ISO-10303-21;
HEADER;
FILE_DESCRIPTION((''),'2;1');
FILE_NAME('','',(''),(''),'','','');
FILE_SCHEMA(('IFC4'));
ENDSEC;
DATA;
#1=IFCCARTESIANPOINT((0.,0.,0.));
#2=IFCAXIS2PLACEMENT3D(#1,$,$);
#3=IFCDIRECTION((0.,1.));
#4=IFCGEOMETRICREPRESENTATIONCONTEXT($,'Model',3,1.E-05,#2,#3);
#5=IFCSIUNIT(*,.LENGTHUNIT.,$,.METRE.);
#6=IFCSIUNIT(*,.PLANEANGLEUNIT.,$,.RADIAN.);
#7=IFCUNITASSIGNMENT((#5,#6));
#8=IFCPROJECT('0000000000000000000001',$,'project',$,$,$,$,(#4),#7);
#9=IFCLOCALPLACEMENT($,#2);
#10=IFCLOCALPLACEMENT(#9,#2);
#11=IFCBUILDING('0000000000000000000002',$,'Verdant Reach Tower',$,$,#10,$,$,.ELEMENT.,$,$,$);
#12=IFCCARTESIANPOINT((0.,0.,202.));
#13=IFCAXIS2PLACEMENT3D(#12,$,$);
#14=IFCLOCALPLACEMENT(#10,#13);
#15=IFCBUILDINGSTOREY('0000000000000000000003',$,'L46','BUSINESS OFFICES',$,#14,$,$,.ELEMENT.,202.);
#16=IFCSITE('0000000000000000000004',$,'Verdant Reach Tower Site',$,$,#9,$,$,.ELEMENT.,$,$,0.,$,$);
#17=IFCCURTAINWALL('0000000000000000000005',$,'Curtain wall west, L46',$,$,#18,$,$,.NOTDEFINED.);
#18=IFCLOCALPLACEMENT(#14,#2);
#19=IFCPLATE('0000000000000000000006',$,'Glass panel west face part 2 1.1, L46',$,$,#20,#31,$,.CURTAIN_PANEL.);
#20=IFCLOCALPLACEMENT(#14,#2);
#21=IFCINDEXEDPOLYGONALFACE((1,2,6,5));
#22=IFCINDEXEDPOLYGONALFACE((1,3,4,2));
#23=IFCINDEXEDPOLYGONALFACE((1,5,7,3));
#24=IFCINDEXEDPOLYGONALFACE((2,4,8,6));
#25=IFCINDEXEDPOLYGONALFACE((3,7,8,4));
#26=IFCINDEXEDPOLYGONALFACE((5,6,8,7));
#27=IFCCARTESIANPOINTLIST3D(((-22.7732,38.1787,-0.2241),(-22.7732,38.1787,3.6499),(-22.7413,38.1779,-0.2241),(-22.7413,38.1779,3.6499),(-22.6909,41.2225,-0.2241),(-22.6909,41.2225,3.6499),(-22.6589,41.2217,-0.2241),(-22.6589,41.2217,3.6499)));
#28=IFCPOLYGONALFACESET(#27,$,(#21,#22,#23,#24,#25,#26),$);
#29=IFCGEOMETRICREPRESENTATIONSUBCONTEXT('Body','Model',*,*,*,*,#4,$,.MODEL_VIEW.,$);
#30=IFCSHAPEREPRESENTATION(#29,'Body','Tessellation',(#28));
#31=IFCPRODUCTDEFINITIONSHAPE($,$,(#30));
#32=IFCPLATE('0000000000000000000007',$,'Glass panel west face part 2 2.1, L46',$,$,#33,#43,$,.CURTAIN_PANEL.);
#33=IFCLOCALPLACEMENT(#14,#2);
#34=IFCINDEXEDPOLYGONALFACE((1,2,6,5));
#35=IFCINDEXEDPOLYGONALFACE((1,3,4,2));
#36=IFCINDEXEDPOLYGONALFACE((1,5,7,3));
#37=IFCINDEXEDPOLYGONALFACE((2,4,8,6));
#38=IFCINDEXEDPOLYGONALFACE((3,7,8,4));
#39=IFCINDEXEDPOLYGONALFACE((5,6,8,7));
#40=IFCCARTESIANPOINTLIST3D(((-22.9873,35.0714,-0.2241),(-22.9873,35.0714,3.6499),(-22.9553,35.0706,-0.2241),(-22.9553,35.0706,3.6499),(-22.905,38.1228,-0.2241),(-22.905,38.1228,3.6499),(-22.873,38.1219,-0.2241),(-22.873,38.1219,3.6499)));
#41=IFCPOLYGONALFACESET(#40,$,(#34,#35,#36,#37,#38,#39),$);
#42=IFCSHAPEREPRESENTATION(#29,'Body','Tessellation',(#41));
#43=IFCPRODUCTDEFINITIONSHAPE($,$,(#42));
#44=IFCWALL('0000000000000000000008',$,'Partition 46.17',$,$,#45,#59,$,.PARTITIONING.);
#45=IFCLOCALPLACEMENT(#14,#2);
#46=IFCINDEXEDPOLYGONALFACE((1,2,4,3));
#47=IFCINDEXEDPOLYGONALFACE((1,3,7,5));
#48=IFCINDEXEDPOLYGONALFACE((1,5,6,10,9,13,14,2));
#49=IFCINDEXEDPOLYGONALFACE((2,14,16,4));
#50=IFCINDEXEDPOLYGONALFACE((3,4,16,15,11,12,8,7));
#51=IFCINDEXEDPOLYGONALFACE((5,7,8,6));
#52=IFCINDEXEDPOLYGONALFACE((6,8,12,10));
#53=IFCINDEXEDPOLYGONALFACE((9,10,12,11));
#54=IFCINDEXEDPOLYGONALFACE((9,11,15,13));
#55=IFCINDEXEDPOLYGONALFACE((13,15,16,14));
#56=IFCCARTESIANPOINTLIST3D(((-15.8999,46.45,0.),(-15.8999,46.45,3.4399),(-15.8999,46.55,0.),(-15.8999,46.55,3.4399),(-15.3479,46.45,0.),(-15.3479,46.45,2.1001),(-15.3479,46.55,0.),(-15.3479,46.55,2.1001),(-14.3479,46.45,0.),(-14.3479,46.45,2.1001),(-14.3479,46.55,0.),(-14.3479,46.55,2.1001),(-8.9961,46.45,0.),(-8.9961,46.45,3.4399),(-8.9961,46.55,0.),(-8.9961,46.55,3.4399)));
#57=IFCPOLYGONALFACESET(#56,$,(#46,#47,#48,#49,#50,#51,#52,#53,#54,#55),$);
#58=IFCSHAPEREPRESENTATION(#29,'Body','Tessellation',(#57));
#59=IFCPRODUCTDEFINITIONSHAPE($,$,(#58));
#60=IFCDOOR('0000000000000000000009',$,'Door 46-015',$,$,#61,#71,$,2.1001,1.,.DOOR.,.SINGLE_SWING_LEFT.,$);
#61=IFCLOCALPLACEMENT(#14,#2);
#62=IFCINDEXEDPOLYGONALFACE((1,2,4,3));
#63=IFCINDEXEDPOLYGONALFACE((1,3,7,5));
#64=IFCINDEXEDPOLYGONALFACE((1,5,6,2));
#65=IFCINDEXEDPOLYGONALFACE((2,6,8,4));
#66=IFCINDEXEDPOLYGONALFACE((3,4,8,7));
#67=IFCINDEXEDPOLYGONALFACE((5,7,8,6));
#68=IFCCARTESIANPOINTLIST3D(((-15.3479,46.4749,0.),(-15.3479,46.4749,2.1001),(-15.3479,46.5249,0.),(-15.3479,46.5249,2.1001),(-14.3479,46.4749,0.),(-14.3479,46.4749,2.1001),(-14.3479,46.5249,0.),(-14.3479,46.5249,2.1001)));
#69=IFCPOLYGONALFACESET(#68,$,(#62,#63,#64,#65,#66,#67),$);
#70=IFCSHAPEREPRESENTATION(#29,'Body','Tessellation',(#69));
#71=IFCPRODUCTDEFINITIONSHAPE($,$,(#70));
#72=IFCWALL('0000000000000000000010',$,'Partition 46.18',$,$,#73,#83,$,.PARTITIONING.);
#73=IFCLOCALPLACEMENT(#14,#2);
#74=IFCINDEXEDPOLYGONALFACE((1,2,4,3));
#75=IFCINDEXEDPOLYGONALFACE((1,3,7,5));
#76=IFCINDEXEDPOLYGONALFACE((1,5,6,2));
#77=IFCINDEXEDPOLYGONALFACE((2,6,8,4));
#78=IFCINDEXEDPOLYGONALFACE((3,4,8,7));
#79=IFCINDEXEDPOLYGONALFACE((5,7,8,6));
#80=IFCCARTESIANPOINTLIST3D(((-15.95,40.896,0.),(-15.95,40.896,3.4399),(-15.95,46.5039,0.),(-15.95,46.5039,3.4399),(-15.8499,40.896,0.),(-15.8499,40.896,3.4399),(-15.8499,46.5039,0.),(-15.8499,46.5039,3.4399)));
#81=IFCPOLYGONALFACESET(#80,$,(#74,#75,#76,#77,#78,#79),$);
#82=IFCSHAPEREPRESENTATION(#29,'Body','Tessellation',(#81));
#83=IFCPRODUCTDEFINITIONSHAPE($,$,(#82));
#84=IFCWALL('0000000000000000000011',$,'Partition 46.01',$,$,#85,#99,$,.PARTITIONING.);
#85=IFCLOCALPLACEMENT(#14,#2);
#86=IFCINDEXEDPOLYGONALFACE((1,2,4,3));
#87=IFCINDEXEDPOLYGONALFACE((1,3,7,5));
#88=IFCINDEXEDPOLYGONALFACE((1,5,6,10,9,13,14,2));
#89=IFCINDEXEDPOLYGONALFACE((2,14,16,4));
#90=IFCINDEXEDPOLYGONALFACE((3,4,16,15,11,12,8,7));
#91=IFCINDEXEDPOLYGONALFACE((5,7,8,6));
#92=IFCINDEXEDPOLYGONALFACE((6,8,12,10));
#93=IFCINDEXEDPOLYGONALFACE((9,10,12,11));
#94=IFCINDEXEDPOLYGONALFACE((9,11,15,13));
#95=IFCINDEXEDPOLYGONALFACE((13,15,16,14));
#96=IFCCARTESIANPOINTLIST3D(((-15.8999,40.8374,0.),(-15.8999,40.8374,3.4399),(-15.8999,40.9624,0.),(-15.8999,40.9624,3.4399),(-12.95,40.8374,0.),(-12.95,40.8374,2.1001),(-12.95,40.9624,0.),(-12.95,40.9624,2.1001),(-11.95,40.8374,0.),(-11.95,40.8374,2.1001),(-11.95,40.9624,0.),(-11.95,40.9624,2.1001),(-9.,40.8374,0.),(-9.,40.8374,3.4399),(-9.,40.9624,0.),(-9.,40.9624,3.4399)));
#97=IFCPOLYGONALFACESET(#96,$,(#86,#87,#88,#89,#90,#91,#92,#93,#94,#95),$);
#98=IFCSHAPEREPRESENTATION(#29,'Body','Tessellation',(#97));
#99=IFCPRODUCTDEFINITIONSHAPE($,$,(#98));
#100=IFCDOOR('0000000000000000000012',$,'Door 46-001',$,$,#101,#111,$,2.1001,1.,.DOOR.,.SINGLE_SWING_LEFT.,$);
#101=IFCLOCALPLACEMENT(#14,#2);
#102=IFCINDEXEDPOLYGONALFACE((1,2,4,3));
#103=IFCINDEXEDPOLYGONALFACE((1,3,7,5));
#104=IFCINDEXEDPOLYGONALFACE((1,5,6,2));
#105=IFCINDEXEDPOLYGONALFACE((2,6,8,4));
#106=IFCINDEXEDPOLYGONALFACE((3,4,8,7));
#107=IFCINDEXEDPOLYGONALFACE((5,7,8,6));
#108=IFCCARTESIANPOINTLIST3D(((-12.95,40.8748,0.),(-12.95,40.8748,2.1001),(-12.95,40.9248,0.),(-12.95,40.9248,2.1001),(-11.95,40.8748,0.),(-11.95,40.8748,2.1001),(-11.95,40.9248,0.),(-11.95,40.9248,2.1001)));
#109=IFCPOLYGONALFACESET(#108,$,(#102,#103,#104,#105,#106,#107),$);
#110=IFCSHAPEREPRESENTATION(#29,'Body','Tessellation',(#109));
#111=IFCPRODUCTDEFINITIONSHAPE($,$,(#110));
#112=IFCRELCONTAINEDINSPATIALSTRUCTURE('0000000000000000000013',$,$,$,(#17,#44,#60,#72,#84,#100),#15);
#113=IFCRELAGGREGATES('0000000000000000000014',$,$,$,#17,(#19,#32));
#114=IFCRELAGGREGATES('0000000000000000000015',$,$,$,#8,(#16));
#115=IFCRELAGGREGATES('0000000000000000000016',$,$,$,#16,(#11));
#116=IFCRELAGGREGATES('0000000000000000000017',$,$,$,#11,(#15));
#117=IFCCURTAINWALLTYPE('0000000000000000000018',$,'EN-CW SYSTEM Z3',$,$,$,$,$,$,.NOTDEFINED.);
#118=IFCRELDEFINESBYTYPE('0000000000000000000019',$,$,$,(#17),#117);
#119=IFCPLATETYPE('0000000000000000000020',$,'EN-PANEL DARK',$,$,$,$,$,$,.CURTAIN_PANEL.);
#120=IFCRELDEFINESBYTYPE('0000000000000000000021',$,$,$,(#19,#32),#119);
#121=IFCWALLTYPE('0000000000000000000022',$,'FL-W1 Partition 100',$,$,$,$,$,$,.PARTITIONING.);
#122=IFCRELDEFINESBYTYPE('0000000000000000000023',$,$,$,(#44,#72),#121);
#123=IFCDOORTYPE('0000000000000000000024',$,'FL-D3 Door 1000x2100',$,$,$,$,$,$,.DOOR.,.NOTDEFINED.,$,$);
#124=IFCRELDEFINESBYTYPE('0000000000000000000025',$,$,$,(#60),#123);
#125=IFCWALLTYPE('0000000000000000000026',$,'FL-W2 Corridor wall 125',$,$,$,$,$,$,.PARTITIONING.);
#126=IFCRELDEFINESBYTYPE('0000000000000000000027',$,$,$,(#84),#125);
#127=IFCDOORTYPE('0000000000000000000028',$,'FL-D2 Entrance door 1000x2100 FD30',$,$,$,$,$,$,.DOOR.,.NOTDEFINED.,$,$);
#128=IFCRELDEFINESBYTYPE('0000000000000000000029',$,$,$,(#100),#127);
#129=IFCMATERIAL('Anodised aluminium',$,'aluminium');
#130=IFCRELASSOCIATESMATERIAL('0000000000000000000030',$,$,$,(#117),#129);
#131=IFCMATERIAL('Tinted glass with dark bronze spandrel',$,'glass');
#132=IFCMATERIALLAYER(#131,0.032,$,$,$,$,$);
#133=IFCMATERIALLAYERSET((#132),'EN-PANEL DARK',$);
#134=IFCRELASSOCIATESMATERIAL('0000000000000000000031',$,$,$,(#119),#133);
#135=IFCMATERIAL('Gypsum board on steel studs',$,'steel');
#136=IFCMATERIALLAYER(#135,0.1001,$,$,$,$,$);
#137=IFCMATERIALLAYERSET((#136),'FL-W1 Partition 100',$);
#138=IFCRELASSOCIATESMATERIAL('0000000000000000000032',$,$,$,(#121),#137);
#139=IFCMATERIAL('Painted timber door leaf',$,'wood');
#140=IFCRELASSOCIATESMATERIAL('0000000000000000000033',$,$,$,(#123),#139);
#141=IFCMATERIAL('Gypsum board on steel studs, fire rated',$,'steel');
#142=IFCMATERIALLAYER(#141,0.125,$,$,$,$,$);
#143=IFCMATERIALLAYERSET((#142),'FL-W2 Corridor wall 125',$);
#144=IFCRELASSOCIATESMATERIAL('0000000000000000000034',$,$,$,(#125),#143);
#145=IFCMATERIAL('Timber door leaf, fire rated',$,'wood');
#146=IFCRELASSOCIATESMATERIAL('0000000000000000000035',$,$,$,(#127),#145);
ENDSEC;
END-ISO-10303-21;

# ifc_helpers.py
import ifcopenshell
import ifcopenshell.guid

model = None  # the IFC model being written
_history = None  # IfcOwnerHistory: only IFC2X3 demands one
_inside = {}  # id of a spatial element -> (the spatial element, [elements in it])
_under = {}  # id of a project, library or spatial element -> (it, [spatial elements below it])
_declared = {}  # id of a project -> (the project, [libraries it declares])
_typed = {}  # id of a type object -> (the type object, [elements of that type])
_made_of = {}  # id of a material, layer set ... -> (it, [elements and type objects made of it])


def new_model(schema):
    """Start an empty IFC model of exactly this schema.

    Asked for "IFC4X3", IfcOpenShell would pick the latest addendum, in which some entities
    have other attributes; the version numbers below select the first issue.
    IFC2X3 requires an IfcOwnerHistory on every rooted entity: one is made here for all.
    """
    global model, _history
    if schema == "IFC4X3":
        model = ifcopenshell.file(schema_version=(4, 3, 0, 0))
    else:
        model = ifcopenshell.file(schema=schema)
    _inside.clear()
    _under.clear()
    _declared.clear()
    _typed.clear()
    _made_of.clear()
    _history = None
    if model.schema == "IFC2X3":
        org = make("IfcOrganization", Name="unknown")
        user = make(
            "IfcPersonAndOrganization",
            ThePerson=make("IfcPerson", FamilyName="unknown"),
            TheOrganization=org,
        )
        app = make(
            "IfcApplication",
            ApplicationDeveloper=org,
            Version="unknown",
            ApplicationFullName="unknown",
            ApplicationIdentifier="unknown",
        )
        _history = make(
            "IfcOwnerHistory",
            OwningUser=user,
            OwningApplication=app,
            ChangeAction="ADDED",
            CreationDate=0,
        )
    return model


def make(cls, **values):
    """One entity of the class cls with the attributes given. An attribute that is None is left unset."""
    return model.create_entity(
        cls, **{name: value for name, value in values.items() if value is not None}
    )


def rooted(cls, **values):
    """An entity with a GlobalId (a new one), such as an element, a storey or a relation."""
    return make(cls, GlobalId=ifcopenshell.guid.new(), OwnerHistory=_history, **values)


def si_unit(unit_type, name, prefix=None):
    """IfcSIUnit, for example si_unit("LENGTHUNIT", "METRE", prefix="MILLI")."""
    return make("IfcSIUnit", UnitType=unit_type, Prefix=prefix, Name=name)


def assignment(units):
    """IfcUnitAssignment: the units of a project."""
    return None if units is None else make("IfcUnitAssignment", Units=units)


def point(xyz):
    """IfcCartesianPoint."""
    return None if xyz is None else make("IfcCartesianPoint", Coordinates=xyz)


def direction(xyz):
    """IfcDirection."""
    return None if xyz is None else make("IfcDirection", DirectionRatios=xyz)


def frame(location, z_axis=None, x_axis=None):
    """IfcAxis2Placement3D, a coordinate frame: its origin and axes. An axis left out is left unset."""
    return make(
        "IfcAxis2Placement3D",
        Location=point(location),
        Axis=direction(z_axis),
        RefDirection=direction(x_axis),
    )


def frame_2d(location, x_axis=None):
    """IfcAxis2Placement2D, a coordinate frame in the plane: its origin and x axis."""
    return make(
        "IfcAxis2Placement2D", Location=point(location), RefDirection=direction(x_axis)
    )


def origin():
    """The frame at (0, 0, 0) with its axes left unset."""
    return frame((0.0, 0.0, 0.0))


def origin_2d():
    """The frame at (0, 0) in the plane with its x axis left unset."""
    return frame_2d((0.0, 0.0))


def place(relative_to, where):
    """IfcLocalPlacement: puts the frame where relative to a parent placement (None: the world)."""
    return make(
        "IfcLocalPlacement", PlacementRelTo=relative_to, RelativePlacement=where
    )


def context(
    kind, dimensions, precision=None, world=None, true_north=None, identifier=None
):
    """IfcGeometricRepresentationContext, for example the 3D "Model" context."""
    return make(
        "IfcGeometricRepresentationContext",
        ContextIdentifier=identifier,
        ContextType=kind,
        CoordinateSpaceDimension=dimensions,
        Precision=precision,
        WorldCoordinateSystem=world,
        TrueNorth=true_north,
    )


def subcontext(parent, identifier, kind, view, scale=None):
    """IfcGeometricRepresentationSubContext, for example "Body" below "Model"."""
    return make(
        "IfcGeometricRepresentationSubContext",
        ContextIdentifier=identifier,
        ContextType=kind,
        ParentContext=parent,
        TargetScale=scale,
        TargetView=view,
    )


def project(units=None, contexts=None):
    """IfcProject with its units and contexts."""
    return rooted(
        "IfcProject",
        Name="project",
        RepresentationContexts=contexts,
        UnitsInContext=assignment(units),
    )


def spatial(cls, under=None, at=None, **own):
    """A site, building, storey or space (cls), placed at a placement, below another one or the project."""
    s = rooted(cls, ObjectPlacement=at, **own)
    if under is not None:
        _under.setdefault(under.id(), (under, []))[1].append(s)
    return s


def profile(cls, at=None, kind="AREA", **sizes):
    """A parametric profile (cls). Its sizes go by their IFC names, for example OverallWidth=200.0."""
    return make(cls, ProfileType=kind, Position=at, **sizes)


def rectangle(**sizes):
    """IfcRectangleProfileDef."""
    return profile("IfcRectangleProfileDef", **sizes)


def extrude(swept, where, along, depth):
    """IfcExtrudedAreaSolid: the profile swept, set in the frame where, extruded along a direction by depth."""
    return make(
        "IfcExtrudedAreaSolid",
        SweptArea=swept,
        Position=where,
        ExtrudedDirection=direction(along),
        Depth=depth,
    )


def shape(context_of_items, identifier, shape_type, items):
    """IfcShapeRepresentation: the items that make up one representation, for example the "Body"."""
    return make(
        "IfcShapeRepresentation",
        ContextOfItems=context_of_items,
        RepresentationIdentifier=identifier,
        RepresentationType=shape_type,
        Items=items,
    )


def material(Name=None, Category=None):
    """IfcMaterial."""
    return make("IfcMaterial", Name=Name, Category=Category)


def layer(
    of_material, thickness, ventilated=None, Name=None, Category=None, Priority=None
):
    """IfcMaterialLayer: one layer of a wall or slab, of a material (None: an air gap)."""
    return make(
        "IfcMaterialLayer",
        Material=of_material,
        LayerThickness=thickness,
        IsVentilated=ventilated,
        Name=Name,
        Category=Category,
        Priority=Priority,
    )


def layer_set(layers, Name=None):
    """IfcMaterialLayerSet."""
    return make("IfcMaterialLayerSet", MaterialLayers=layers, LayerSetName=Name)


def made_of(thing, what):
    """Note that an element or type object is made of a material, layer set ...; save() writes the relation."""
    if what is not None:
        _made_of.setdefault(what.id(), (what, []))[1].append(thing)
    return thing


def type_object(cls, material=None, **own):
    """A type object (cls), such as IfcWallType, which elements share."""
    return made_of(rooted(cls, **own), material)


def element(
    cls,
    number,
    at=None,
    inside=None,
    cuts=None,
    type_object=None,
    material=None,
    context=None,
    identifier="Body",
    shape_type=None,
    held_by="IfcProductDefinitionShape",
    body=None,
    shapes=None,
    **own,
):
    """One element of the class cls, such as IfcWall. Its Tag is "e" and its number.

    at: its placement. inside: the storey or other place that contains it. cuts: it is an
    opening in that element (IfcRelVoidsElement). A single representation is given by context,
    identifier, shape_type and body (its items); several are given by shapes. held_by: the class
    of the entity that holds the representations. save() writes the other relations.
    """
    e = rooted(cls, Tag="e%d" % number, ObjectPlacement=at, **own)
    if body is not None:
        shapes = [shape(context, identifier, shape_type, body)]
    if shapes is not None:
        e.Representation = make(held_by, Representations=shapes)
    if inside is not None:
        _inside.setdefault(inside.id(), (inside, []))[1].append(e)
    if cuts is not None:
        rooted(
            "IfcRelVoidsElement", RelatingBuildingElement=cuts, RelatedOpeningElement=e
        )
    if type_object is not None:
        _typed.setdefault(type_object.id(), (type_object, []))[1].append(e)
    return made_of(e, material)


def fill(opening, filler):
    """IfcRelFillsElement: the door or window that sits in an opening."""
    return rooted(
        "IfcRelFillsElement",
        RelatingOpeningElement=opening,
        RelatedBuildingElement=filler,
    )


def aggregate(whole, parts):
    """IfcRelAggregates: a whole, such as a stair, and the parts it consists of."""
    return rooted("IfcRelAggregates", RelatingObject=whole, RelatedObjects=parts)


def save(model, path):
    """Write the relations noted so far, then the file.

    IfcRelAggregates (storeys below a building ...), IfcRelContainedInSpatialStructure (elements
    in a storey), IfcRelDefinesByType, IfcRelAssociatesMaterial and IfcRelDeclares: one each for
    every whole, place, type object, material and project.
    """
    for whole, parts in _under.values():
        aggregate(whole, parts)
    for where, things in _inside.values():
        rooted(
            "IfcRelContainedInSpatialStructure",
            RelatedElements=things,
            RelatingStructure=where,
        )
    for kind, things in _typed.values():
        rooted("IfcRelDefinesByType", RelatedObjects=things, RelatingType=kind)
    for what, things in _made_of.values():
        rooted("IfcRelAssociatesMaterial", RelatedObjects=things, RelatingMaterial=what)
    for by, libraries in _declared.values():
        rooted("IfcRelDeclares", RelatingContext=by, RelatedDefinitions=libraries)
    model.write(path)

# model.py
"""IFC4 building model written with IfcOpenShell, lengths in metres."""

from ifc_helpers import new_model, si_unit, direction, frame, frame_2d, origin, origin_2d, place, context, subcontext, project, spatial, rectangle, extrude, material, layer, layer_set, type_object, element, fill, aggregate, save


model = new_model("IFC4")

# Units and contexts
model_context = context("Model", 3, precision=1e-05, world=origin(), true_north=direction((0.0, 1.0)))
body_context = subcontext(model_context, "Body", "Model", "MODEL_VIEW")
ifc_project = project(units=[si_unit("LENGTHUNIT", "METRE"), si_unit("PLANEANGLEUNIT", "RADIAN")], contexts=[model_context])

# Site, building, storey
site_placement = place(None, origin())
site = spatial("IfcSite", under=ifc_project, at=site_placement, Name="Verdant Reach Tower Site", CompositionType="ELEMENT", RefElevation=0.0)
building_placement = place(site_placement, origin())
building = spatial("IfcBuilding", under=site, at=building_placement, Name="Verdant Reach Tower", CompositionType="ELEMENT")
storey_placement = place(building_placement, frame((0.0, 0.0, 202.0)))
storey = spatial("IfcBuildingStorey", under=building, at=storey_placement, Name="L46", Description="BUSINESS OFFICES", CompositionType="ELEMENT", Elevation=202.0)

# Curtain wall
ifc_material_1 = material(Name="Anodised aluminium", Category="aluminium")
curtain_wall_type = type_object("IfcCurtainWallType", Name="EN-CW SYSTEM Z3", PredefinedType="NOTDEFINED", material=ifc_material_1)
curtain_wall_placement = place(storey_placement, origin())
curtain_wall = element("IfcCurtainWall", 1, at=curtain_wall_placement, inside=storey, type_object=curtain_wall_type, Name="Curtain wall west, L46", PredefinedType="NOTDEFINED")

# Plates
ifc_material_2 = material(Name="Tinted glass with dark bronze spandrel", Category="glass")
ifc_layer_1 = layer(ifc_material_2, 0.032)
ifc_layer_set_1 = layer_set([ifc_layer_1], Name="EN-PANEL DARK")
plate_type_1 = type_object("IfcPlateType", Name="EN-PANEL DARK", PredefinedType="CURTAIN_PANEL", material=ifc_layer_set_1)
plate_1_placement = place(storey_placement, frame((-22.7161, 39.7002, -0.2241), z_axis=(0.0, 0.0, 1.0), x_axis=(-0.027048, -0.999634, 0.0)))
plate_1 = element("IfcPlate", 2, at=plate_1_placement, type_object=plate_type_1, Name="Glass panel west face part 2 1.1, L46", PredefinedType="CURTAIN_PANEL", context=body_context, shape_type="SweptSolid", body=[
    extrude(rectangle(XDim=3.0449, YDim=0.032, at=origin_2d()), origin(), (0.0, 0.0, 1.0), 3.874),
])
plate_2_placement = place(storey_placement, frame((-22.9302, 36.5967, -0.2241), z_axis=(0.0, 0.0, 1.0), x_axis=(-0.026965, -0.999636, 0.0)))
plate_2 = element("IfcPlate", 3, at=plate_2_placement, type_object=plate_type_1, Name="Glass panel west face part 2 2.1, L46", PredefinedType="CURTAIN_PANEL", context=body_context, shape_type="SweptSolid", body=[
    extrude(rectangle(XDim=3.0525, YDim=0.032, at=origin_2d()), origin(), (0.0, 0.0, 1.0), 3.874),
])
aggregate(curtain_wall, [plate_1, plate_2])

# Wall, opening, door
ifc_material_3 = material(Name="Gypsum board on steel studs", Category="steel")
ifc_layer_2 = layer(ifc_material_3, 0.1001)
ifc_layer_set_2 = layer_set([ifc_layer_2], Name="FL-W1 Partition 100")
wall_type_1 = type_object("IfcWallType", Name="FL-W1 Partition 100", PredefinedType="PARTITIONING", material=ifc_layer_set_2)
wall_1_placement = place(storey_placement, frame((-15.8999, 46.5, 0.0), z_axis=(0.0, 0.0, 1.0), x_axis=(1.0, 0.0, 0.0)))
wall_1 = element("IfcWall", 4, at=wall_1_placement, inside=storey, type_object=wall_type_1, Name="Partition 46.17", PredefinedType="PARTITIONING", context=body_context, shape_type="SweptSolid", body=[
    extrude(rectangle(XDim=6.9038, YDim=0.1001, at=frame_2d((3.4519, 0.0))), origin(), (0.0, 0.0, 1.0), 3.4399),
])
opening_1_placement = place(wall_1_placement, frame((0.552, 0.0, 0.0)))
opening_1 = element("IfcOpeningElement", 5, at=opening_1_placement, cuts=wall_1, PredefinedType="OPENING", context=body_context, shape_type="SweptSolid", body=[
    extrude(rectangle(XDim=1.0, YDim=2.1001, at=frame_2d((0.5, 1.05))), frame((0.0, 0.0601, 0.0), z_axis=(0.0, -1.0, 0.0), x_axis=(1.0, 0.0, 0.0)), (0.0, 0.0, 1.0), 0.1201),
])
ifc_material_4 = material(Name="Painted timber door leaf", Category="wood")
door_type_1 = type_object("IfcDoorType", Name="FL-D3 Door 1000x2100", OperationType="NOTDEFINED", PredefinedType="DOOR", material=ifc_material_4)
door_1_placement = place(opening_1_placement, origin())
door_1 = element("IfcDoor", 6, at=door_1_placement, inside=storey, type_object=door_type_1, Name="Door 46-015", OperationType="SINGLE_SWING_LEFT", OverallHeight=2.1001, OverallWidth=1.0, PredefinedType="DOOR", context=body_context, shape_type="SweptSolid", body=[
    extrude(rectangle(XDim=1.0, YDim=2.1001, at=frame_2d((0.5, 1.05))), frame((0.0, 0.0249, 0.0), z_axis=(0.0, -1.0, 0.0), x_axis=(1.0, 0.0, 0.0)), (0.0, 0.0, 1.0), 0.05),
])
fill(opening_1, door_1)

# Wall
wall_2_placement = place(storey_placement, frame((-15.8999, 46.5039, 0.0), z_axis=(0.0, 0.0, 1.0), x_axis=(0.0, -1.0, 0.0)))
element("IfcWall", 7, at=wall_2_placement, inside=storey, type_object=wall_type_1, Name="Partition 46.18", PredefinedType="PARTITIONING", context=body_context, shape_type="SweptSolid", body=[
    extrude(rectangle(XDim=5.6079, YDim=0.1001, at=frame_2d((2.804, 0.0))), origin(), (0.0, 0.0, 1.0), 3.4399),
])

# Wall, opening, door
ifc_material_5 = material(Name="Gypsum board on steel studs, fire rated", Category="steel")
ifc_layer_3 = layer(ifc_material_5, 0.125)
ifc_layer_set_3 = layer_set([ifc_layer_3], Name="FL-W2 Corridor wall 125")
wall_type_2 = type_object("IfcWallType", Name="FL-W2 Corridor wall 125", PredefinedType="PARTITIONING", material=ifc_layer_set_3)
wall_3_placement = place(storey_placement, frame((-15.8999, 40.8999, 0.0), z_axis=(0.0, 0.0, 1.0), x_axis=(1.0, 0.0, 0.0)))
wall_3 = element("IfcWall", 8, at=wall_3_placement, inside=storey, type_object=wall_type_2, Name="Partition 46.01", PredefinedType="PARTITIONING", context=body_context, shape_type="SweptSolid", body=[
    extrude(rectangle(XDim=6.8999, YDim=0.125, at=frame_2d((3.45, 0.0))), origin(), (0.0, 0.0, 1.0), 3.4399),
])
opening_2_placement = place(wall_3_placement, frame((2.95, 0.0, 0.0)))
opening_2 = element("IfcOpeningElement", 9, at=opening_2_placement, cuts=wall_3, PredefinedType="OPENING", context=body_context, shape_type="SweptSolid", body=[
    extrude(rectangle(XDim=1.0, YDim=2.1001, at=frame_2d((0.5, 1.05))), frame((0.0, 0.0725, 0.0), z_axis=(0.0, -1.0, 0.0), x_axis=(1.0, 0.0, 0.0)), (0.0, 0.0, 1.0), 0.145),
])
ifc_material_6 = material(Name="Timber door leaf, fire rated", Category="wood")
door_type_2 = type_object("IfcDoorType", Name="FL-D2 Entrance door 1000x2100 FD30", OperationType="NOTDEFINED", PredefinedType="DOOR", material=ifc_material_6)
door_2_placement = place(opening_2_placement, origin())
door_2 = element("IfcDoor", 10, at=door_2_placement, inside=storey, type_object=door_type_2, Name="Door 46-001", OperationType="SINGLE_SWING_LEFT", OverallHeight=2.1001, OverallWidth=1.0, PredefinedType="DOOR", context=body_context, shape_type="SweptSolid", body=[
    extrude(rectangle(XDim=1.0, YDim=2.1001, at=frame_2d((0.5, 1.05))), frame((0.0, 0.0249, 0.0), z_axis=(0.0, -1.0, 0.0), x_axis=(1.0, 0.0, 0.0)), (0.0, 0.0, 1.0), 0.05),
])
fill(opening_2, door_2)

save(model, "model.ifc")
